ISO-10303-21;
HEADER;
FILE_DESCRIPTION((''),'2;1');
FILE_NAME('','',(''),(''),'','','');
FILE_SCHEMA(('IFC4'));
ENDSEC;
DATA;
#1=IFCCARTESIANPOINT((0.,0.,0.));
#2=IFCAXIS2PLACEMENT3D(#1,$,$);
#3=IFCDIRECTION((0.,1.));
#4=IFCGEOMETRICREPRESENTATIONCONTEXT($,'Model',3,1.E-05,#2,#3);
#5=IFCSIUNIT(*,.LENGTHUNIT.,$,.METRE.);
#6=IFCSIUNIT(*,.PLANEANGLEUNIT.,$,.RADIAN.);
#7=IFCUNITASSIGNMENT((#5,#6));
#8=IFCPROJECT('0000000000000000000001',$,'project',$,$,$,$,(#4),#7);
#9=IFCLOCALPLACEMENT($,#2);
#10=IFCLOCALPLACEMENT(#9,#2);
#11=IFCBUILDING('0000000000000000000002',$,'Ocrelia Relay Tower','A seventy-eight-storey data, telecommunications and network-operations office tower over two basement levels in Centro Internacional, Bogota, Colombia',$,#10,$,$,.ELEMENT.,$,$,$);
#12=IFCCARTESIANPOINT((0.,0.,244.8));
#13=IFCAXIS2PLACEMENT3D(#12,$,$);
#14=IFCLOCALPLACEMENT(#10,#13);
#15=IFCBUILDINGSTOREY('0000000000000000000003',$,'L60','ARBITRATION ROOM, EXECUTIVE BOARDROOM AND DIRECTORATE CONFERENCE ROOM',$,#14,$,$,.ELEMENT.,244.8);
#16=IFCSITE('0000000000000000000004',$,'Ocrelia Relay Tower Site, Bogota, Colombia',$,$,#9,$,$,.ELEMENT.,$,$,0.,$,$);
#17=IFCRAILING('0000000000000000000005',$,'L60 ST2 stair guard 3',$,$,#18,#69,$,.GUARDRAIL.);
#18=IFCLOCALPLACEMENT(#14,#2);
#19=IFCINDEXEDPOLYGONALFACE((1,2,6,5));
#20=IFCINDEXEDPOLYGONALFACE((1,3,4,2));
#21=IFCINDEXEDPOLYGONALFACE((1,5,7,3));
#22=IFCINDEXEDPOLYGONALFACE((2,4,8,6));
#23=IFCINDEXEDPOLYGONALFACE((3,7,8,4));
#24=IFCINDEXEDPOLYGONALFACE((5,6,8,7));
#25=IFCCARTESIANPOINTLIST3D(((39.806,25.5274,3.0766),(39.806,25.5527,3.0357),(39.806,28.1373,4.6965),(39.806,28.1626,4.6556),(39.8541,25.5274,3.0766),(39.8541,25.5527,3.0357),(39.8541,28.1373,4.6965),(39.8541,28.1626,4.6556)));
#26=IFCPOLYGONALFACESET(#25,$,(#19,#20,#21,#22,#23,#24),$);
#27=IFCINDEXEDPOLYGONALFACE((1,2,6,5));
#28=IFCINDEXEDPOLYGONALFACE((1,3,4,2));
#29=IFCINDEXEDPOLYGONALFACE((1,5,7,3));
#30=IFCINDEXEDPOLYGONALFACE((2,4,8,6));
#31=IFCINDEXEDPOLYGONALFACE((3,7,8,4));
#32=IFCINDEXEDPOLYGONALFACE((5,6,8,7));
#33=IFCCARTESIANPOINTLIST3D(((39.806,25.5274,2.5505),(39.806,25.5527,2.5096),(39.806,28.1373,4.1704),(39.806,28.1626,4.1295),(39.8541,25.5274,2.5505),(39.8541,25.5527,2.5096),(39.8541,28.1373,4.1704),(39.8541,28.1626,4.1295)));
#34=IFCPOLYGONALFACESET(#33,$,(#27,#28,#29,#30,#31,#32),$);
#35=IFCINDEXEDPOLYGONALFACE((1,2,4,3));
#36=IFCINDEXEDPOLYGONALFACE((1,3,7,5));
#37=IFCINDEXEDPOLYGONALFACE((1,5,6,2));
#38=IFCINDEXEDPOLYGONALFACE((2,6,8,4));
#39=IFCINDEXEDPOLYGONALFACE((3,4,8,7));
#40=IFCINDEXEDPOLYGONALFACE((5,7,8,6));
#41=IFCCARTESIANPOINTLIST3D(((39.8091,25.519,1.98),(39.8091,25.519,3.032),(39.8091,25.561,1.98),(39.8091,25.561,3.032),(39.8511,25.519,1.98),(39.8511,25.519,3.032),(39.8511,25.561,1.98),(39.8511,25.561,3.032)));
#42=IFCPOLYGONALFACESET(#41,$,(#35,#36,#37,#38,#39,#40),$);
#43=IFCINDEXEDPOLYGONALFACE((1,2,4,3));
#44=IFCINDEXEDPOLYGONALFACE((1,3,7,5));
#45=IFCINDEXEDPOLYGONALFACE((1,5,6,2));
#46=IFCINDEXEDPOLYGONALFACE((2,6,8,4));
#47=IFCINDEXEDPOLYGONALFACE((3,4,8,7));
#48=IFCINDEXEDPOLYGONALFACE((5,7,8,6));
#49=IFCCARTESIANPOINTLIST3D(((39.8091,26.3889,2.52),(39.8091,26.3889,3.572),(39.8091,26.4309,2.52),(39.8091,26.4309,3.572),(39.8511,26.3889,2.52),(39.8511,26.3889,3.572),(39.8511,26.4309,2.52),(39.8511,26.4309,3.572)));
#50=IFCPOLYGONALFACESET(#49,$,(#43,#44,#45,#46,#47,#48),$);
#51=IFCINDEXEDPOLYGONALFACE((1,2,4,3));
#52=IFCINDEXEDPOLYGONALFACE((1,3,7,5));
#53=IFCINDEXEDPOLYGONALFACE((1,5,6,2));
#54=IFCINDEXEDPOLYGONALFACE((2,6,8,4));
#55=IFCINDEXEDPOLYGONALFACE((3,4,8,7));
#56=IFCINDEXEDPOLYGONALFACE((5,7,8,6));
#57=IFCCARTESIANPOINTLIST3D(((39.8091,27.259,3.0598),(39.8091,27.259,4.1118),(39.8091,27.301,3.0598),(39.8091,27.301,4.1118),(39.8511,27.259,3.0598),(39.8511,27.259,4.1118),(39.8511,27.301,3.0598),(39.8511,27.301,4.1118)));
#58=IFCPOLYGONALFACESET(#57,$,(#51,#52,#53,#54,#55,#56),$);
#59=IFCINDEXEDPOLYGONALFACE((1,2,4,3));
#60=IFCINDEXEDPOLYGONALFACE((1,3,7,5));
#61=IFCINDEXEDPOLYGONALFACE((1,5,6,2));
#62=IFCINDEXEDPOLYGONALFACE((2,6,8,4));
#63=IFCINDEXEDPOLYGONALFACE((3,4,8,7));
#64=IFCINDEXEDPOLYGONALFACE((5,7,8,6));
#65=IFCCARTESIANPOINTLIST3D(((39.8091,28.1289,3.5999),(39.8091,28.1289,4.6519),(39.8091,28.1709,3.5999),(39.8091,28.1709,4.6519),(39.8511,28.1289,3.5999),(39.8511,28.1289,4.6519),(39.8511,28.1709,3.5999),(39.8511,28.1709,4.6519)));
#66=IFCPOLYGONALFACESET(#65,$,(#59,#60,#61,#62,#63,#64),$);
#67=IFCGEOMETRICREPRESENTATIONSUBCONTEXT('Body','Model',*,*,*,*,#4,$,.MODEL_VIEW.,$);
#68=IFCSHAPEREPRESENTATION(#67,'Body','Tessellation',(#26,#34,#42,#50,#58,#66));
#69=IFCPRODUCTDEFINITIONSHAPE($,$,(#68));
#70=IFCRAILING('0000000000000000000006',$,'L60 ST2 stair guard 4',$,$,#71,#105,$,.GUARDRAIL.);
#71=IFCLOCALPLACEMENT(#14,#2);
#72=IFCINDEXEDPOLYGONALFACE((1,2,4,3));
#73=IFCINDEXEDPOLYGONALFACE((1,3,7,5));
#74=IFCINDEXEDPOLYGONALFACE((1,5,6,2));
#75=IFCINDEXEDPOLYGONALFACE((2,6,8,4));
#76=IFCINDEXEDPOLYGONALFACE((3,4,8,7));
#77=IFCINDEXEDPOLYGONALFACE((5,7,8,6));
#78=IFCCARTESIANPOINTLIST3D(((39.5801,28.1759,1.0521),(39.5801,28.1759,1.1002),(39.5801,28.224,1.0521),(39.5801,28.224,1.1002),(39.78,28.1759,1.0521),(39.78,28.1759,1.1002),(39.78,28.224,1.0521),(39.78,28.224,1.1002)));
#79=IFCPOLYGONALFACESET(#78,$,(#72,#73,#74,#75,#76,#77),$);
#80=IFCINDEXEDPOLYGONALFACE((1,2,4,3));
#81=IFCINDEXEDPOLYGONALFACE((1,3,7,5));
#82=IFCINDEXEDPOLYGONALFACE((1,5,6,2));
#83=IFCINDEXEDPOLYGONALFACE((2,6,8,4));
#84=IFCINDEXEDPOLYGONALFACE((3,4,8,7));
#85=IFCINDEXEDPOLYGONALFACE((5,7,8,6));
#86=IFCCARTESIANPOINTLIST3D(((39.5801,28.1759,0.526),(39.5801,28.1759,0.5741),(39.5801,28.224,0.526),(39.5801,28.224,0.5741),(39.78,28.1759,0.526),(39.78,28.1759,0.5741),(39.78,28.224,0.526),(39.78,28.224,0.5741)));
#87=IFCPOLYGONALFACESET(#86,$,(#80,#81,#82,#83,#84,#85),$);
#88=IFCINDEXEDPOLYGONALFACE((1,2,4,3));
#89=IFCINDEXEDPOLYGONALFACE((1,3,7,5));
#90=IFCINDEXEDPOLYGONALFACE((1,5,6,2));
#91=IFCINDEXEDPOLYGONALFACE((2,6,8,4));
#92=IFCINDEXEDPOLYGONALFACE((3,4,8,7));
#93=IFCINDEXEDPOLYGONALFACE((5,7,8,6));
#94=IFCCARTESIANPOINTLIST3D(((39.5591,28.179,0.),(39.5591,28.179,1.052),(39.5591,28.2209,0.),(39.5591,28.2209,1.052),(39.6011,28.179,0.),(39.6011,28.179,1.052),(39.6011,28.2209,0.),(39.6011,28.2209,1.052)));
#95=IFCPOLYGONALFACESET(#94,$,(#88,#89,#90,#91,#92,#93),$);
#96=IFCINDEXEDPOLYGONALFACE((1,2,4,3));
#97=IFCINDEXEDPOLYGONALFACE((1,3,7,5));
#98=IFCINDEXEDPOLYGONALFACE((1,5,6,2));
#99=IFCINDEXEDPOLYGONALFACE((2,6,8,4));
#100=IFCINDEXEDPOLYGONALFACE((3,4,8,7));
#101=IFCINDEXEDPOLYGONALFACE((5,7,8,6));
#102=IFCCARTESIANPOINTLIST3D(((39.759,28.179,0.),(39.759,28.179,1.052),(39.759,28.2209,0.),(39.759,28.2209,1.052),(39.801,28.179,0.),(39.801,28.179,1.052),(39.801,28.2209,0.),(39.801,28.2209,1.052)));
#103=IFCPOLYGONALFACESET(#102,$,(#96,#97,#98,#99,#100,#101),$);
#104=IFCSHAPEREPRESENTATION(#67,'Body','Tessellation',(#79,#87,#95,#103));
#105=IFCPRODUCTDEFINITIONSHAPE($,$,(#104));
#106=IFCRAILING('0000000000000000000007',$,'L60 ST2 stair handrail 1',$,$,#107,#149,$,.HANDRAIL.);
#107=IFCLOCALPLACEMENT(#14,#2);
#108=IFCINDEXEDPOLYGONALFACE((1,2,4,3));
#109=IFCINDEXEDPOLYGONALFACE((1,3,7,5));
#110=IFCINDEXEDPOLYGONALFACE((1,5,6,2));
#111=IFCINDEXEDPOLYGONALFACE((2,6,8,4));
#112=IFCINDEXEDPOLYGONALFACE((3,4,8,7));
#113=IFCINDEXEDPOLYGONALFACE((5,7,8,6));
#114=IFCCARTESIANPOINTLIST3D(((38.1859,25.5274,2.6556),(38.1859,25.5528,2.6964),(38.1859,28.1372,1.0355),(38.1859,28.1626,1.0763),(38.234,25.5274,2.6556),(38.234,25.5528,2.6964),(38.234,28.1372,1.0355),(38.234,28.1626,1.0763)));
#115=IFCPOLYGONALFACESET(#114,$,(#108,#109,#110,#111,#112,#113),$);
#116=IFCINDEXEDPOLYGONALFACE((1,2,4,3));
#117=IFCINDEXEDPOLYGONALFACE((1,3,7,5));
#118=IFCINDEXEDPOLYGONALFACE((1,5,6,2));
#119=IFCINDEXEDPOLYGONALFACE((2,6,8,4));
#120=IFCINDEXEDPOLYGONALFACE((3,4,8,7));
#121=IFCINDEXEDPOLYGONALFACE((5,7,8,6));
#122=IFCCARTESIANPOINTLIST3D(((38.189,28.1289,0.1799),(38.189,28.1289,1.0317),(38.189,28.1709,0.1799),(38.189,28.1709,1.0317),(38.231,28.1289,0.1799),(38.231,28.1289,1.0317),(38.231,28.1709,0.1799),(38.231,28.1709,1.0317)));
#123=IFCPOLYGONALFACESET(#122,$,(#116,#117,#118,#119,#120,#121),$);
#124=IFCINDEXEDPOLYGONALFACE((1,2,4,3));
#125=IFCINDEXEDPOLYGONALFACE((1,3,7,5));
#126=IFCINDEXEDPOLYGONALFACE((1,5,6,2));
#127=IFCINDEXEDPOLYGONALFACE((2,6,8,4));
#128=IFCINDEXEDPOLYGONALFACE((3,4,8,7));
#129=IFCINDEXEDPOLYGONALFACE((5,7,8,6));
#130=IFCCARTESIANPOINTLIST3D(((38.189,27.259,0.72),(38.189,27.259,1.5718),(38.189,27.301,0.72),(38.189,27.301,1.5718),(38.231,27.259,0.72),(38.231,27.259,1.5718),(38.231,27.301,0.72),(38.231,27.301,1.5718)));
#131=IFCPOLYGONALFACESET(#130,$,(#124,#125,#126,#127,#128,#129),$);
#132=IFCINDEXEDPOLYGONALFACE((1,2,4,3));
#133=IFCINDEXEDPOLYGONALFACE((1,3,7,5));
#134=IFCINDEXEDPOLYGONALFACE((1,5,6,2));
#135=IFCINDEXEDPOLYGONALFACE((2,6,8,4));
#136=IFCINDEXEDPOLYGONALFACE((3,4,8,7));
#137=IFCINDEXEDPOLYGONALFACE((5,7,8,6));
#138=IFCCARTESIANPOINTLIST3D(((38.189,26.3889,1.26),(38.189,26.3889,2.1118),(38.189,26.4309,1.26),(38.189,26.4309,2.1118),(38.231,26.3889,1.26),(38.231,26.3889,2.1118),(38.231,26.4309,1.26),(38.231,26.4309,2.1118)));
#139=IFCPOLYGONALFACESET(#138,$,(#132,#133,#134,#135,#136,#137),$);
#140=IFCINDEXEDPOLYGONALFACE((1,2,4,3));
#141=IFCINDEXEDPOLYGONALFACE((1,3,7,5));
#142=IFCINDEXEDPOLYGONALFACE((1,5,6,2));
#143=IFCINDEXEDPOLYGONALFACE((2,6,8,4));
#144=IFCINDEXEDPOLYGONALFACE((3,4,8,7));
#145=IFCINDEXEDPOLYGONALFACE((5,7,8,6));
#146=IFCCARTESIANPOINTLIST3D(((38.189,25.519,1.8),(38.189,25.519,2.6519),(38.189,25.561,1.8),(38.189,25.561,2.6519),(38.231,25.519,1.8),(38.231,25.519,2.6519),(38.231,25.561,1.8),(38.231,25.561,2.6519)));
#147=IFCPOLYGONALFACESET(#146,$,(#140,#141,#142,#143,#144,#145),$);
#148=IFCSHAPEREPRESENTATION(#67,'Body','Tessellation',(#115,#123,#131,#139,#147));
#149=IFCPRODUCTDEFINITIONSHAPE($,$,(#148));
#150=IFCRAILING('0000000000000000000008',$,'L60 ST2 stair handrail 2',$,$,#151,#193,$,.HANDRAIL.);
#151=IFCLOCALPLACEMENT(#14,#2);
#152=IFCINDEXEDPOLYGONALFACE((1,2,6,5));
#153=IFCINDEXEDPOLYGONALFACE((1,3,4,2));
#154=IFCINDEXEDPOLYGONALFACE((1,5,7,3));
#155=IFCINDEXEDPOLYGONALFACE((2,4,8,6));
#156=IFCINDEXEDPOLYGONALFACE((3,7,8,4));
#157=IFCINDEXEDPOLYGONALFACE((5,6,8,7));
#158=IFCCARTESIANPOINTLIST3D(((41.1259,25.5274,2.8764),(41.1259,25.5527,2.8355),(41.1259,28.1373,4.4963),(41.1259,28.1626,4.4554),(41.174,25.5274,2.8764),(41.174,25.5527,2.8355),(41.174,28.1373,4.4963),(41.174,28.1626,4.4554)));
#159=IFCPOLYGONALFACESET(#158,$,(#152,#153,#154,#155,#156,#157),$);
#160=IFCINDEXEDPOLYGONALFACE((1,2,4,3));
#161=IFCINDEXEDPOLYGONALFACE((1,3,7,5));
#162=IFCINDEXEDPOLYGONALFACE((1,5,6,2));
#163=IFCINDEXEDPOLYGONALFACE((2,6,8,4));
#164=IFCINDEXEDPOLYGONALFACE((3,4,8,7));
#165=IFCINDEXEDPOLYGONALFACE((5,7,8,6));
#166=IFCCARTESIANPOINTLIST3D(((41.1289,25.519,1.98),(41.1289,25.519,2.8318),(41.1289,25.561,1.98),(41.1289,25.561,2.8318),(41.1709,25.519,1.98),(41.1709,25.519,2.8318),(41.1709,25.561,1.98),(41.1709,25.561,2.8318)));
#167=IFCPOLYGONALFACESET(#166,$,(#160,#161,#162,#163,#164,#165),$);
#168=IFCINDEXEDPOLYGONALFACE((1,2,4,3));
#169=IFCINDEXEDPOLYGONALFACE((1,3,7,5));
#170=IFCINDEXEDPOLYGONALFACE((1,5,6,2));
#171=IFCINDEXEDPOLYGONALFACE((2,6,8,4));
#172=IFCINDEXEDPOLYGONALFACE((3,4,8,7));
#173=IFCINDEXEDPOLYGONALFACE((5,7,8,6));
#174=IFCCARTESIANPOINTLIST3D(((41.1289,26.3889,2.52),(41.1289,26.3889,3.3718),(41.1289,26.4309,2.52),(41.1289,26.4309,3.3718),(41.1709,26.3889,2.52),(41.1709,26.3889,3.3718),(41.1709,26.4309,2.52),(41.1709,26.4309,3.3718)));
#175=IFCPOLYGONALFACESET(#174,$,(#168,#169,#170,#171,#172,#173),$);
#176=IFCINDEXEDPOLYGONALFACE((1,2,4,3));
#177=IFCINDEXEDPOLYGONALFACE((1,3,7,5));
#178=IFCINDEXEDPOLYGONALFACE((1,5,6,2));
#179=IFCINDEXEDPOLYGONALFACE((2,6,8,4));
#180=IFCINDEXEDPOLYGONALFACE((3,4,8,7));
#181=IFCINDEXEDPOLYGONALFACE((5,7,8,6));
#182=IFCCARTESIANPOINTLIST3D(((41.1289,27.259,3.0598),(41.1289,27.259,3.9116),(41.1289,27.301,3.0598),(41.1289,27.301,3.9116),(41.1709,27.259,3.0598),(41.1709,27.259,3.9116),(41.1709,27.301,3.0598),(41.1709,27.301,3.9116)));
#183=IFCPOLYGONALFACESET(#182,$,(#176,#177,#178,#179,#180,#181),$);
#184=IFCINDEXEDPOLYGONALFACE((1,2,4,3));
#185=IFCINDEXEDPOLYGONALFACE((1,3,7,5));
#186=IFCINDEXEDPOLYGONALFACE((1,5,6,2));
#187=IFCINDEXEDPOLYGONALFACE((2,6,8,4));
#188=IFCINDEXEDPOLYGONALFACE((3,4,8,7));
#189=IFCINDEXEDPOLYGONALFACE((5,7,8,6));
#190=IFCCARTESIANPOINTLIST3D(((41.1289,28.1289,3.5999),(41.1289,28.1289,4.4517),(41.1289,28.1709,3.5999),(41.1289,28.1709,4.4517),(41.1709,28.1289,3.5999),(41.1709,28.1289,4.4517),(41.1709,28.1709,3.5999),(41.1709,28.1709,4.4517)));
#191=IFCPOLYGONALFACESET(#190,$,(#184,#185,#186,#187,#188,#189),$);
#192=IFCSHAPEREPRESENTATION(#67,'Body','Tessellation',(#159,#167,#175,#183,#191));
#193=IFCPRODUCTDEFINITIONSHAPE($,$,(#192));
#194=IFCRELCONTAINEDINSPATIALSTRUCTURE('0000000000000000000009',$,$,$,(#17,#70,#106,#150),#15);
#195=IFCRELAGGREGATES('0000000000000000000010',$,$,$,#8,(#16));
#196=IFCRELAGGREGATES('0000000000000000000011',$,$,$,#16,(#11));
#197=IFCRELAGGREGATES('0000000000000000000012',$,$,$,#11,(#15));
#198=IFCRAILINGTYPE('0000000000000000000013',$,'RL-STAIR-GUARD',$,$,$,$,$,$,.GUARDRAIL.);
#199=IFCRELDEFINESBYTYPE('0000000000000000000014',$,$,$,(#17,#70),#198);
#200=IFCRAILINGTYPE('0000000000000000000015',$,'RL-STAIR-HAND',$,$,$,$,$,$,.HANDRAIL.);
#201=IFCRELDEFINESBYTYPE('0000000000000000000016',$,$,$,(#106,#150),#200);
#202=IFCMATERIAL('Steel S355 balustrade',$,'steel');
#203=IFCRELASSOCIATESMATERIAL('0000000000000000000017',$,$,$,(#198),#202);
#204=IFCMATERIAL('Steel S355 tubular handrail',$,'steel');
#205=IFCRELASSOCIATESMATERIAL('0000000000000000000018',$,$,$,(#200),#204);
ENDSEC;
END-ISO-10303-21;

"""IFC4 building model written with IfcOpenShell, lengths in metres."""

from ifc_helpers import new_model, si_unit, direction, frame, origin, origin_2d, place, context, subcontext, project, spatial, rectangle, extrude, material, type_object, element, save


model = new_model("IFC4")

# Units and contexts
model_context = context("Model", 3, precision=1e-05, world=origin(), true_north=direction((0.0, 1.0)))
body_context = subcontext(model_context, "Body", "Model", "MODEL_VIEW")
ifc_project = project(units=[si_unit("LENGTHUNIT", "METRE"), si_unit("PLANEANGLEUNIT", "RADIAN")], contexts=[model_context])

# Site, building, storey
site_placement = place(None, origin())
site = spatial("IfcSite", under=ifc_project, at=site_placement, Name="Ocrelia Relay Tower Site, Bogota, Colombia", CompositionType="ELEMENT", RefElevation=0.0)
building_placement = place(site_placement, origin())
building = spatial("IfcBuilding", under=site, at=building_placement, Name="Ocrelia Relay Tower", Description="A seventy-eight-storey data, telecommunications and network-operations office tower over two basement levels in Centro Internacional, Bogota, Colombia", CompositionType="ELEMENT")
storey_placement = place(building_placement, frame((0.0, 0.0, 244.8)))
storey = spatial("IfcBuildingStorey", under=building, at=storey_placement, Name="L60", Description="ARBITRATION ROOM, EXECUTIVE BOARDROOM AND DIRECTORATE CONFERENCE ROOM", CompositionType="ELEMENT", Elevation=244.8)

# Railings
ifc_material_1 = material(Name="Steel S355 balustrade", Category="steel")
railing_type_1 = type_object("IfcRailingType", Name="RL-STAIR-GUARD", PredefinedType="GUARDRAIL", material=ifc_material_1)
railing_1_placement = place(storey_placement, frame((39.8301, 25.54, 1.98)))
element("IfcRailing", 1, at=railing_1_placement, inside=storey, type_object=railing_type_1, Name="L60 ST2 stair guard 3", PredefinedType="GUARDRAIL", context=body_context, shape_type="SweptSolid", body=[
    extrude(rectangle(XDim=0.0481, YDim=0.0481, at=origin_2d()), frame((0.0, 0.0, 1.0762), z_axis=(0.0, 0.849646, 0.527353), x_axis=(-1.0, 0.0, 0.0)), (0.0, 0.0, 1.0), 3.0718),
    extrude(rectangle(XDim=0.0481, YDim=0.0481, at=origin_2d()), frame((0.0, 0.0, 0.55), z_axis=(0.0, 0.849646, 0.527353), x_axis=(-1.0, 0.0, 0.0)), (0.0, 0.0, 1.0), 3.0718),
    extrude(rectangle(XDim=0.042, YDim=0.042, at=origin_2d()), origin(), (0.0, 0.0, 1.0), 1.052),
    extrude(rectangle(XDim=0.042, YDim=0.042, at=origin_2d()), frame((0.0, 0.8699, 0.54)), (0.0, 0.0, 1.0), 1.052),
    extrude(rectangle(XDim=0.042, YDim=0.042, at=origin_2d()), frame((0.0, 1.74, 1.0798)), (0.0, 0.0, 1.0), 1.052),
    extrude(rectangle(XDim=0.042, YDim=0.042, at=origin_2d()), frame((0.0, 2.6099, 1.6199)), (0.0, 0.0, 1.0), 1.052),
])
railing_2_placement = place(storey_placement, frame((39.5801, 28.2, 0.0)))
element("IfcRailing", 2, at=railing_2_placement, inside=storey, type_object=railing_type_1, Name="L60 ST2 stair guard 4", PredefinedType="GUARDRAIL", context=body_context, shape_type="SweptSolid", body=[
    extrude(rectangle(XDim=0.0481, YDim=0.0481, at=origin_2d()), frame((0.0, 0.0, 1.0762), z_axis=(1.0, 0.0, 0.0), x_axis=(0.0, 1.0, 0.0)), (0.0, 0.0, 1.0), 0.2),
    extrude(rectangle(XDim=0.0481, YDim=0.0481, at=origin_2d()), frame((0.0, 0.0, 0.55), z_axis=(1.0, 0.0, 0.0), x_axis=(0.0, 1.0, 0.0)), (0.0, 0.0, 1.0), 0.2),
    extrude(rectangle(XDim=0.042, YDim=0.042, at=origin_2d()), origin(), (0.0, 0.0, 1.0), 1.052),
    extrude(rectangle(XDim=0.042, YDim=0.042, at=origin_2d()), frame((0.2, 0.0, 0.0)), (0.0, 0.0, 1.0), 1.052),
])
ifc_material_2 = material(Name="Steel S355 tubular handrail", Category="steel")
railing_type_2 = type_object("IfcRailingType", Name="RL-STAIR-HAND", PredefinedType="HANDRAIL", material=ifc_material_2)
railing_3_placement = place(storey_placement, frame((38.21, 28.1499, 0.1799)))
element("IfcRailing", 3, at=railing_3_placement, inside=storey, type_object=railing_type_2, Name="L60 ST2 stair handrail 1", PredefinedType="HANDRAIL", context=body_context, shape_type="SweptSolid", body=[
    extrude(rectangle(XDim=0.0481, YDim=0.0481, at=origin_2d()), frame((0.0, 0.0, 0.876), z_axis=(0.0, -0.849611, 0.52741), x_axis=(1.0, 0.0, 0.0)), (0.0, 0.0, 1.0), 3.0718),
    extrude(rectangle(XDim=0.042, YDim=0.042, at=origin_2d()), origin(), (0.0, 0.0, 1.0), 0.8518),
    extrude(rectangle(XDim=0.042, YDim=0.042, at=origin_2d()), frame((0.0, -0.8699, 0.54)), (0.0, 0.0, 1.0), 0.8518),
    extrude(rectangle(XDim=0.042, YDim=0.042, at=origin_2d()), frame((0.0, -1.74, 1.0801)), (0.0, 0.0, 1.0), 0.8518),
    extrude(rectangle(XDim=0.042, YDim=0.042, at=origin_2d()), frame((0.0, -2.6099, 1.6201)), (0.0, 0.0, 1.0), 0.8518),
])
railing_4_placement = place(storey_placement, frame((41.1499, 25.54, 1.98)))
element("IfcRailing", 4, at=railing_4_placement, inside=storey, type_object=railing_type_2, Name="L60 ST2 stair handrail 2", PredefinedType="HANDRAIL", context=body_context, shape_type="SweptSolid", body=[
    extrude(rectangle(XDim=0.0481, YDim=0.0481, at=origin_2d()), frame((0.0, 0.0, 0.876), z_axis=(0.0, 0.849646, 0.527353), x_axis=(-1.0, 0.0, 0.0)), (0.0, 0.0, 1.0), 3.0718),
    extrude(rectangle(XDim=0.042, YDim=0.042, at=origin_2d()), origin(), (0.0, 0.0, 1.0), 0.8518),
    extrude(rectangle(XDim=0.042, YDim=0.042, at=origin_2d()), frame((0.0, 0.8699, 0.54)), (0.0, 0.0, 1.0), 0.8518),
    extrude(rectangle(XDim=0.042, YDim=0.042, at=origin_2d()), frame((0.0, 1.74, 1.0798)), (0.0, 0.0, 1.0), 0.8518),
    extrude(rectangle(XDim=0.042, YDim=0.042, at=origin_2d()), frame((0.0, 2.6099, 1.6199)), (0.0, 0.0, 1.0), 0.8518),
])

save(model, "model.ifc")
